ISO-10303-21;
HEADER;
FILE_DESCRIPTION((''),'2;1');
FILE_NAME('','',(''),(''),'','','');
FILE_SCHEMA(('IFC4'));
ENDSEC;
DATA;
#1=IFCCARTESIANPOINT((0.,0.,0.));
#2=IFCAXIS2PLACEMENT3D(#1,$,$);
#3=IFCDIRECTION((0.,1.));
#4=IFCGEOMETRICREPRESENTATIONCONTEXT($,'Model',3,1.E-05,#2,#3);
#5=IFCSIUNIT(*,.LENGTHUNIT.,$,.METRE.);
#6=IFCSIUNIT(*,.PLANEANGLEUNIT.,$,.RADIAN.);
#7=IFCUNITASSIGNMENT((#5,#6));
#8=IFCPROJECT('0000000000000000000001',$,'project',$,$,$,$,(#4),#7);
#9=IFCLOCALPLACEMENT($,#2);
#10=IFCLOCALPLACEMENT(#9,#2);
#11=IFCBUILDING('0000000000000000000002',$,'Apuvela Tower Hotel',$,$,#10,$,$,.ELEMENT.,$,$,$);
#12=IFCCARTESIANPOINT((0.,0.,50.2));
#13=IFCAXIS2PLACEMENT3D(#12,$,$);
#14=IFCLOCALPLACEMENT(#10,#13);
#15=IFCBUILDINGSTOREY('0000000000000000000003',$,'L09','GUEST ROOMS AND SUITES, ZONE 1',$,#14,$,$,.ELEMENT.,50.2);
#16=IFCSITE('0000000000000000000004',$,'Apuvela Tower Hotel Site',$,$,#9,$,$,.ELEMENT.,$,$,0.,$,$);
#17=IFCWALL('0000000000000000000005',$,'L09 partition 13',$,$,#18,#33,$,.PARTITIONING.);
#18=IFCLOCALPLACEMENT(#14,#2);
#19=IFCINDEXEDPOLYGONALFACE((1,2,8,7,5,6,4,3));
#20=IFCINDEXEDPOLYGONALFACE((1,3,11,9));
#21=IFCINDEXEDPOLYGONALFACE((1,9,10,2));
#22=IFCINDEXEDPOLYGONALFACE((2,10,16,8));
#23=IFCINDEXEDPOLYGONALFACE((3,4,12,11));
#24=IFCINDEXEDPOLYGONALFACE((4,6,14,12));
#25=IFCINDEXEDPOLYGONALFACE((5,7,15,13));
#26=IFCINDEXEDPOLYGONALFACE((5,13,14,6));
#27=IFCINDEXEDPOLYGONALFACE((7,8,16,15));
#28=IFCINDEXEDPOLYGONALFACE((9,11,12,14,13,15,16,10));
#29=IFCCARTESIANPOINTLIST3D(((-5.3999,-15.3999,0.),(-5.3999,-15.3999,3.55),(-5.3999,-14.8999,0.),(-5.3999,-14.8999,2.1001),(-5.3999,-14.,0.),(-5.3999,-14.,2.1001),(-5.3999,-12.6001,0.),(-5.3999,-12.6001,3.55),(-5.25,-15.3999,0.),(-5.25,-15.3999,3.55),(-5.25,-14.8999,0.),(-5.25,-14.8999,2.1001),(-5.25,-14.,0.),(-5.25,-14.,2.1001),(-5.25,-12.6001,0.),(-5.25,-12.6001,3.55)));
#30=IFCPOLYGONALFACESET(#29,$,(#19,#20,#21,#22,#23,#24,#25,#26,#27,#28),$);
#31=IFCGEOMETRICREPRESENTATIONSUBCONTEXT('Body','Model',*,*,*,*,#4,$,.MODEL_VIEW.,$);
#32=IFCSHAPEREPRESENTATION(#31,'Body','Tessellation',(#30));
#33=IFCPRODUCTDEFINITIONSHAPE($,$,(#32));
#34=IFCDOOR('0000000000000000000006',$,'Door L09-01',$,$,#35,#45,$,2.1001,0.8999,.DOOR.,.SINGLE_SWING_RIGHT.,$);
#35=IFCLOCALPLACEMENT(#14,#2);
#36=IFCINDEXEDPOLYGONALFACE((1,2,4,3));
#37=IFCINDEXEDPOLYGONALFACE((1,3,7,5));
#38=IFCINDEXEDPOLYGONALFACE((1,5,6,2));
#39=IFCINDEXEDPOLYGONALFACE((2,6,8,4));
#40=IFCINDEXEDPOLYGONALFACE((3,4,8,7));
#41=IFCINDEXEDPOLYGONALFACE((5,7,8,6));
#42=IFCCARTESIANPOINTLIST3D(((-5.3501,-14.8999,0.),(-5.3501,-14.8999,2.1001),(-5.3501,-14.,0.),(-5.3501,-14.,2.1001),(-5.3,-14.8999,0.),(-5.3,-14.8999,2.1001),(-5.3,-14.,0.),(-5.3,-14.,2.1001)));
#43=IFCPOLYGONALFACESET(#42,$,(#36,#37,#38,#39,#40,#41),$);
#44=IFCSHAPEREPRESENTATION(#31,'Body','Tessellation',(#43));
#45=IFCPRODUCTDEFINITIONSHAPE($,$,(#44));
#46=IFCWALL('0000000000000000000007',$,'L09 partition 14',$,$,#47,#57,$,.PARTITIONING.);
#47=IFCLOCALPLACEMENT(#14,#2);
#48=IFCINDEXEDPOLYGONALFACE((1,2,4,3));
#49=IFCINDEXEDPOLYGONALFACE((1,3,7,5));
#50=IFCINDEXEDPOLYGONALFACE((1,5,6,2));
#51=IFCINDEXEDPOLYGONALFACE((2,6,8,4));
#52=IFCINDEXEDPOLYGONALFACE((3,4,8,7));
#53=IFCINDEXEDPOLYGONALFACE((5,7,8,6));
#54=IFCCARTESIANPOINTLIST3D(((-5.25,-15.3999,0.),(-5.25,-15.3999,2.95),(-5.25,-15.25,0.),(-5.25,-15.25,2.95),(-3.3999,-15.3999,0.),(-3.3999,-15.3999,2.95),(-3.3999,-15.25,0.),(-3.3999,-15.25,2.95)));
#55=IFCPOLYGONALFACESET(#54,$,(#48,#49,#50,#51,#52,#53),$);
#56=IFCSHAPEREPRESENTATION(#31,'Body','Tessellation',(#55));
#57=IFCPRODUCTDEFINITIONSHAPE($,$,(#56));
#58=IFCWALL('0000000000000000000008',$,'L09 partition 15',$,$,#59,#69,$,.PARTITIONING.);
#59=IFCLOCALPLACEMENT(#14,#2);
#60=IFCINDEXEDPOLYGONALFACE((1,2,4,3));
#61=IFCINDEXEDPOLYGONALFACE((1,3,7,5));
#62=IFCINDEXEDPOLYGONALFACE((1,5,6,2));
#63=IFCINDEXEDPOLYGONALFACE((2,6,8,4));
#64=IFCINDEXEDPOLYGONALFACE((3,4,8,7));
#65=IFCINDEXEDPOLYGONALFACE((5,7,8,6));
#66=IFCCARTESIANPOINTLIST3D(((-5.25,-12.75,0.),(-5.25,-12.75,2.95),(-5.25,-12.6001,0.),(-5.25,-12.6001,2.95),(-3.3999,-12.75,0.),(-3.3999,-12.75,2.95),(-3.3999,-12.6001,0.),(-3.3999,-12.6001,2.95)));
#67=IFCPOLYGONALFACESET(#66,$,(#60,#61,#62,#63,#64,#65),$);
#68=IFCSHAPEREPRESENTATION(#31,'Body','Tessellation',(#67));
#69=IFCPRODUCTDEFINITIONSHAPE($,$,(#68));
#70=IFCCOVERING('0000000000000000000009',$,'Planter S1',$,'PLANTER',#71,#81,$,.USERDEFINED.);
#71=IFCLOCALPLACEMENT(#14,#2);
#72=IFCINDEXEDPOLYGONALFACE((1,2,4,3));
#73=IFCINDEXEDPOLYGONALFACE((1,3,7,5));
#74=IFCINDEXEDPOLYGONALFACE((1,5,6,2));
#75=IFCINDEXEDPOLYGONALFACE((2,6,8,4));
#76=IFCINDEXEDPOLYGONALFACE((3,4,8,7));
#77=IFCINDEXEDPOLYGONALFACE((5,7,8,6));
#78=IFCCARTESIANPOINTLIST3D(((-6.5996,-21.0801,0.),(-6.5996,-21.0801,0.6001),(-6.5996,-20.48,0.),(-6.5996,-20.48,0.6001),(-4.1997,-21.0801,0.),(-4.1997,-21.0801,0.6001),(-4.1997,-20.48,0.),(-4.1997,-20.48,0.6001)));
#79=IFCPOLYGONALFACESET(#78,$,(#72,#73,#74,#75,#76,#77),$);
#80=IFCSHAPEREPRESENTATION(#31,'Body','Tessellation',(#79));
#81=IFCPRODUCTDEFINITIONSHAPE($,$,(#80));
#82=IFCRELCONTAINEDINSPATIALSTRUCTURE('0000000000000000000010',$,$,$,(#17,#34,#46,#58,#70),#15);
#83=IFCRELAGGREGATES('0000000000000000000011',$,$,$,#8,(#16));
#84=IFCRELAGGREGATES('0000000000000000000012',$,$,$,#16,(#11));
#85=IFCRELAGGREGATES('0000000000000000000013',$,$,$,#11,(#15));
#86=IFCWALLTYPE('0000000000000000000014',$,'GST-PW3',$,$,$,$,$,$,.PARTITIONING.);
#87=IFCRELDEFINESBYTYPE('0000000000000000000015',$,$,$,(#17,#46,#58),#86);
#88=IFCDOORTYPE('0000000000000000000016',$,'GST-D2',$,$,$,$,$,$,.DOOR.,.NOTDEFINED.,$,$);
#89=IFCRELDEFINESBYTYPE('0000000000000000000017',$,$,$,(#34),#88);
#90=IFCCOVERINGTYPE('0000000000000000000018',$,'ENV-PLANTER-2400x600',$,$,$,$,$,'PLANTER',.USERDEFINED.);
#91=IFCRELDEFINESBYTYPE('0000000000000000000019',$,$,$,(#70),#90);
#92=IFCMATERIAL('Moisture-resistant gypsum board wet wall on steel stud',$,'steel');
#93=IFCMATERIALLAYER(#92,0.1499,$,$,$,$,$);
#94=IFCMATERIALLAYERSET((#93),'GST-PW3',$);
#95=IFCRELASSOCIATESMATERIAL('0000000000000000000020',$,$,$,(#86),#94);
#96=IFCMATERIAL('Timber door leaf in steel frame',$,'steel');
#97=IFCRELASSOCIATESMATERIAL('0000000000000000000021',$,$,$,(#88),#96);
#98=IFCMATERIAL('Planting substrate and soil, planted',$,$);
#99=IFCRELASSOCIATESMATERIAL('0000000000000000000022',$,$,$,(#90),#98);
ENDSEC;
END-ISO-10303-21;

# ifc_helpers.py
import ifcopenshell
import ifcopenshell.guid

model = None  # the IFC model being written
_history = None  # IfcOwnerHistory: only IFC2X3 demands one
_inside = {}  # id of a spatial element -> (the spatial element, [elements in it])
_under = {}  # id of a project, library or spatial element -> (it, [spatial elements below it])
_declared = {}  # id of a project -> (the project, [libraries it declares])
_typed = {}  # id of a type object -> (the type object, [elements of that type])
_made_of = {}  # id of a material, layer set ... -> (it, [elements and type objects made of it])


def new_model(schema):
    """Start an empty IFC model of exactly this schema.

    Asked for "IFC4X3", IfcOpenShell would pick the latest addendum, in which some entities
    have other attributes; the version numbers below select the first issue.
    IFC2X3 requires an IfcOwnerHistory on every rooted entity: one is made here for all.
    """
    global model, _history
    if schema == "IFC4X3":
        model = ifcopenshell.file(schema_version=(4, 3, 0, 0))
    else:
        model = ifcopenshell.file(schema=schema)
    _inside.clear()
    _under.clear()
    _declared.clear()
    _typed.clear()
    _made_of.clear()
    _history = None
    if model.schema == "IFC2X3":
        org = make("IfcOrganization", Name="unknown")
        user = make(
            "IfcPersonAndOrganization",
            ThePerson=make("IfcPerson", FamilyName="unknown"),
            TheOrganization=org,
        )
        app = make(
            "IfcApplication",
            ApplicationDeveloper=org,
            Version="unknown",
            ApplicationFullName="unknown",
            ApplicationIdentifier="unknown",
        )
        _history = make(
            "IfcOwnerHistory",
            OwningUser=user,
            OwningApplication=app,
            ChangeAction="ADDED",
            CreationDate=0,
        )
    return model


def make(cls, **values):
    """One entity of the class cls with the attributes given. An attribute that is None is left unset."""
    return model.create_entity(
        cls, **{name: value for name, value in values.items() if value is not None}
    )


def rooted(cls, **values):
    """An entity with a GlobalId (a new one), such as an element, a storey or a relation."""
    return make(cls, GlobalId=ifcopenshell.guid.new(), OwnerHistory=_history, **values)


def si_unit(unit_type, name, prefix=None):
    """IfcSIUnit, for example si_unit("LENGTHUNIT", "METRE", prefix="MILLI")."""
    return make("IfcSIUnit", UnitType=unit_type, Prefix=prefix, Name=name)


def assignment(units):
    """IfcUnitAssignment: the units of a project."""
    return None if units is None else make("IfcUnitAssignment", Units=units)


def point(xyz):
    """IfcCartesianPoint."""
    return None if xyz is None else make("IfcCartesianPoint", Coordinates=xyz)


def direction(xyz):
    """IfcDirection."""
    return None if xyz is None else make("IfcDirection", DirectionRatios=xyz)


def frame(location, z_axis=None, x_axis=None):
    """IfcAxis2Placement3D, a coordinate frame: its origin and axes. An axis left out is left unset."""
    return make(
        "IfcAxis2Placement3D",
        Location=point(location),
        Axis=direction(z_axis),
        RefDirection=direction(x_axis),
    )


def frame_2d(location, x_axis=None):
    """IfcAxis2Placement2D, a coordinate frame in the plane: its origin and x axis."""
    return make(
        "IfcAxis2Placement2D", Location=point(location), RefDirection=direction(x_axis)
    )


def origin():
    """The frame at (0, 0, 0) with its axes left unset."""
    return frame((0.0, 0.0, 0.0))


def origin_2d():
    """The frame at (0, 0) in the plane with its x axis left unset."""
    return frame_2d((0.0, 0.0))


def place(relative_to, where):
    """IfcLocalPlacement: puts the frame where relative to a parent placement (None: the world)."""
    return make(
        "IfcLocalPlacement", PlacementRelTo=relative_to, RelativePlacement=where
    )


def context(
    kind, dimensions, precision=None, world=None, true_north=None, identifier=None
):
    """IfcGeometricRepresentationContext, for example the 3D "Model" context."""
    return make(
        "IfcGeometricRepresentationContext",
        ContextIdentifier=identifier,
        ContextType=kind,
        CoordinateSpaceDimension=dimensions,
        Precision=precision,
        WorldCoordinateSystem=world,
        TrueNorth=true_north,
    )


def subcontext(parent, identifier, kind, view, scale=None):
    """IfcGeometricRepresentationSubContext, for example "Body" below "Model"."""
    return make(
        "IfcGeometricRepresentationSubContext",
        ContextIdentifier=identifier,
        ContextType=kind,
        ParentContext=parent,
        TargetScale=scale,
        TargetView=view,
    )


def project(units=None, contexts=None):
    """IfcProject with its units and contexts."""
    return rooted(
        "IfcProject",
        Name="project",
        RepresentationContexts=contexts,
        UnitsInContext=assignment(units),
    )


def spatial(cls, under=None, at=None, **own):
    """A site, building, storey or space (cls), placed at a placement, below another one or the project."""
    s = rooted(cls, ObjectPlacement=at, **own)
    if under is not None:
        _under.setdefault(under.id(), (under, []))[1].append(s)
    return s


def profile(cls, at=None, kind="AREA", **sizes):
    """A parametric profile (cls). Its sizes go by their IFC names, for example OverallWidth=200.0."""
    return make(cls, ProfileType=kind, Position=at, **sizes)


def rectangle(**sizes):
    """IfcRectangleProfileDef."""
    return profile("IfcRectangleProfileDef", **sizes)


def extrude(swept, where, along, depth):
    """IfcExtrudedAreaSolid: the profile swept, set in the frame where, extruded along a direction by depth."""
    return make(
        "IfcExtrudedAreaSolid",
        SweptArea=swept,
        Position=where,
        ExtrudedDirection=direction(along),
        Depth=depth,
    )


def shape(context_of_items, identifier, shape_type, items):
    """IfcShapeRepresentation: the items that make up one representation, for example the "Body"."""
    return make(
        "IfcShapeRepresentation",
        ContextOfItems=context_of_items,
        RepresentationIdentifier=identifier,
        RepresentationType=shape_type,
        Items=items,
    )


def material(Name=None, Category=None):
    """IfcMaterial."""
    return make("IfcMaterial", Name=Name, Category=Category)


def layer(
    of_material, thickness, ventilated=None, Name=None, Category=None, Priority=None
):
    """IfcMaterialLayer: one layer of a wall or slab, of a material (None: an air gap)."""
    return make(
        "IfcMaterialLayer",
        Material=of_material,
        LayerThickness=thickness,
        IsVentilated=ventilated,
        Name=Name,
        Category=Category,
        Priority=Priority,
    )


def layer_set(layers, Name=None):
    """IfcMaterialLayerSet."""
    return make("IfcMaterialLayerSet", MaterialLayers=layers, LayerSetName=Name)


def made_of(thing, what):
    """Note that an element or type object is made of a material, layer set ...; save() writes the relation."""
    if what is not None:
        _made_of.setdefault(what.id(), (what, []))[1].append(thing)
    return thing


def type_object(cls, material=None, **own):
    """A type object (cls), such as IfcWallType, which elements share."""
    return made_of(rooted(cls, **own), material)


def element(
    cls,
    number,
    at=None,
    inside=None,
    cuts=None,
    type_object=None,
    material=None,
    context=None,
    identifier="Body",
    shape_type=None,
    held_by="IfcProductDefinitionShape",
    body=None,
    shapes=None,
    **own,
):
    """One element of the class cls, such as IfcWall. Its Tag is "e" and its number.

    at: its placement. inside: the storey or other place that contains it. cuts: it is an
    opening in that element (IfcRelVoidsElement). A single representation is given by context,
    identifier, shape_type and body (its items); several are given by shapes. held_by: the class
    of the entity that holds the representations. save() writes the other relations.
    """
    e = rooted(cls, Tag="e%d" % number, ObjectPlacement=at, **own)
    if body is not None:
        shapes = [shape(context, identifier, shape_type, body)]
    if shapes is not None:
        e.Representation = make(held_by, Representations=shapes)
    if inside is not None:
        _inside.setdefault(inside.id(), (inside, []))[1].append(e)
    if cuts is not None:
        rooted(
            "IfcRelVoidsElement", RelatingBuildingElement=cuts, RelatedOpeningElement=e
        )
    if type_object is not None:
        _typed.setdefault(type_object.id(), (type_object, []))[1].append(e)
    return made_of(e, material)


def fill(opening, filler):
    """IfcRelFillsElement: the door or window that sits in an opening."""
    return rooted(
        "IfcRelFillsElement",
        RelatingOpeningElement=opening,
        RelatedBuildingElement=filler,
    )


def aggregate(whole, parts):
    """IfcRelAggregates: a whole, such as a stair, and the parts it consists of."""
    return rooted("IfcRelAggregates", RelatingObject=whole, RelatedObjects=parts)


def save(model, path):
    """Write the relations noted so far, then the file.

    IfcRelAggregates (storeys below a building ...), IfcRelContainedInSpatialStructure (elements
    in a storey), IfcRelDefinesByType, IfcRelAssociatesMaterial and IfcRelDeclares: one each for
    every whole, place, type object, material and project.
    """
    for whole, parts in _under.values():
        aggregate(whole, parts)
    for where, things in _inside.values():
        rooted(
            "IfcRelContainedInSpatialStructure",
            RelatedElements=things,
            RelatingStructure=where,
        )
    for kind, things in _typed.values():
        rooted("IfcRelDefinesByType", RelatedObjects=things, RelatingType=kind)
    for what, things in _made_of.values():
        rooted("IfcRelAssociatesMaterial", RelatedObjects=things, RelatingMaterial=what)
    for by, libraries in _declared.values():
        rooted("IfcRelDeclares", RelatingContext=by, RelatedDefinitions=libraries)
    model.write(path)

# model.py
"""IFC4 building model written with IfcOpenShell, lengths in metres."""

from ifc_helpers import new_model, si_unit, direction, frame, frame_2d, origin, origin_2d, place, context, subcontext, project, spatial, rectangle, extrude, material, layer, layer_set, type_object, element, fill, save


model = new_model("IFC4")

# Units and contexts
model_context = context("Model", 3, precision=1e-05, world=origin(), true_north=direction((0.0, 1.0)))
body_context = subcontext(model_context, "Body", "Model", "MODEL_VIEW")
ifc_project = project(units=[si_unit("LENGTHUNIT", "METRE"), si_unit("PLANEANGLEUNIT", "RADIAN")], contexts=[model_context])

# Site, building, storey
site_placement = place(None, origin())
site = spatial("IfcSite", under=ifc_project, at=site_placement, Name="Apuvela Tower Hotel Site", CompositionType="ELEMENT", RefElevation=0.0)
building_placement = place(site_placement, origin())
building = spatial("IfcBuilding", under=site, at=building_placement, Name="Apuvela Tower Hotel", CompositionType="ELEMENT")
storey_placement = place(building_placement, frame((0.0, 0.0, 50.2)))
storey = spatial("IfcBuildingStorey", under=building, at=storey_placement, Name="L09", Description="GUEST ROOMS AND SUITES, ZONE 1", CompositionType="ELEMENT", Elevation=50.2)

# Wall, opening, door
ifc_material_1 = material(Name="Moisture-resistant gypsum board wet wall on steel stud", Category="steel")
ifc_layer_1 = layer(ifc_material_1, 0.1499)
ifc_layer_set_1 = layer_set([ifc_layer_1], Name="GST-PW3")
wall_type_1 = type_object("IfcWallType", Name="GST-PW3", PredefinedType="PARTITIONING", material=ifc_layer_set_1)
wall_1_placement = place(storey_placement, frame((-5.325, -12.6001, 0.0), z_axis=(0.0, 0.0, 1.0), x_axis=(0.0, -1.0, 0.0)))
wall_1 = element("IfcWall", 1, at=wall_1_placement, inside=storey, type_object=wall_type_1, Name="L09 partition 13", PredefinedType="PARTITIONING", context=body_context, shape_type="SweptSolid", body=[
    extrude(rectangle(XDim=2.7998, YDim=0.1499, at=frame_2d((1.3999, 0.0))), origin(), (0.0, 0.0, 1.0), 3.55),
])
opening_1_placement = place(wall_1_placement, frame((1.3999, 0.0, 0.0)))
opening_1 = element("IfcOpeningElement", 2, at=opening_1_placement, cuts=wall_1, PredefinedType="OPENING", context=body_context, shape_type="SweptSolid", body=[
    extrude(rectangle(XDim=0.8999, YDim=2.1001, at=frame_2d((0.45, 1.05))), frame((0.0, 0.085, 0.0), z_axis=(0.0, -1.0, 0.0), x_axis=(1.0, 0.0, 0.0)), (0.0, 0.0, 1.0), 0.1699),
])
ifc_material_2 = material(Name="Timber door leaf in steel frame", Category="steel")
door_type_1 = type_object("IfcDoorType", Name="GST-D2", OperationType="NOTDEFINED", PredefinedType="DOOR", material=ifc_material_2)
door_1_placement = place(opening_1_placement, origin())
door_1 = element("IfcDoor", 3, at=door_1_placement, inside=storey, type_object=door_type_1, Name="Door L09-01", OperationType="SINGLE_SWING_RIGHT", OverallHeight=2.1001, OverallWidth=0.8999, PredefinedType="DOOR", context=body_context, shape_type="SweptSolid", body=[
    extrude(rectangle(XDim=0.8999, YDim=2.1001, at=frame_2d((0.45, 1.05))), frame((0.0, 0.0249, 0.0), z_axis=(0.0, -1.0, 0.0), x_axis=(1.0, 0.0, 0.0)), (0.0, 0.0, 1.0), 0.05),
])
fill(opening_1, door_1)

# Walls
for number, where, z_axis, x_axis, name in (
    (4, (-5.25, -15.325, 0.0), (0.0, 0.0, 1.0), (1.0, 0.0, 0.0), "L09 partition 14"),
    (5, (-5.25, -12.675, 0.0), (0.0, 0.0, 1.0), (1.0, 0.0, 0.0), "L09 partition 15"),
):
    element("IfcWall", number, at=place(storey_placement, frame(where, z_axis=z_axis, x_axis=x_axis)), inside=storey, type_object=wall_type_1, Name=name, PredefinedType="PARTITIONING", context=body_context, shape_type="SweptSolid", body=[
        extrude(rectangle(XDim=1.8501, YDim=0.1499, at=frame_2d((0.925, 0.0))), origin(), (0.0, 0.0, 1.0), 2.95),
    ])

# Covering
ifc_material_3 = material(Name="Planting substrate and soil, planted")
covering_type = type_object("IfcCoveringType", Name="ENV-PLANTER-2400x600", ElementType="PLANTER", PredefinedType="USERDEFINED", material=ifc_material_3)
covering_placement = place(storey_placement, frame((-5.3997, -20.78, 0.0), z_axis=(0.0, 0.0, 1.0), x_axis=(1.0, 0.0, 0.0)))
element("IfcCovering", 6, at=covering_placement, inside=storey, type_object=covering_type, Name="Planter S1", ObjectType="PLANTER", PredefinedType="USERDEFINED", context=body_context, shape_type="SweptSolid", body=[
    extrude(rectangle(XDim=2.3999, YDim=0.6001, at=origin_2d()), origin(), (0.0, 0.0, 1.0), 0.6001),
])

save(model, "model.ifc")
